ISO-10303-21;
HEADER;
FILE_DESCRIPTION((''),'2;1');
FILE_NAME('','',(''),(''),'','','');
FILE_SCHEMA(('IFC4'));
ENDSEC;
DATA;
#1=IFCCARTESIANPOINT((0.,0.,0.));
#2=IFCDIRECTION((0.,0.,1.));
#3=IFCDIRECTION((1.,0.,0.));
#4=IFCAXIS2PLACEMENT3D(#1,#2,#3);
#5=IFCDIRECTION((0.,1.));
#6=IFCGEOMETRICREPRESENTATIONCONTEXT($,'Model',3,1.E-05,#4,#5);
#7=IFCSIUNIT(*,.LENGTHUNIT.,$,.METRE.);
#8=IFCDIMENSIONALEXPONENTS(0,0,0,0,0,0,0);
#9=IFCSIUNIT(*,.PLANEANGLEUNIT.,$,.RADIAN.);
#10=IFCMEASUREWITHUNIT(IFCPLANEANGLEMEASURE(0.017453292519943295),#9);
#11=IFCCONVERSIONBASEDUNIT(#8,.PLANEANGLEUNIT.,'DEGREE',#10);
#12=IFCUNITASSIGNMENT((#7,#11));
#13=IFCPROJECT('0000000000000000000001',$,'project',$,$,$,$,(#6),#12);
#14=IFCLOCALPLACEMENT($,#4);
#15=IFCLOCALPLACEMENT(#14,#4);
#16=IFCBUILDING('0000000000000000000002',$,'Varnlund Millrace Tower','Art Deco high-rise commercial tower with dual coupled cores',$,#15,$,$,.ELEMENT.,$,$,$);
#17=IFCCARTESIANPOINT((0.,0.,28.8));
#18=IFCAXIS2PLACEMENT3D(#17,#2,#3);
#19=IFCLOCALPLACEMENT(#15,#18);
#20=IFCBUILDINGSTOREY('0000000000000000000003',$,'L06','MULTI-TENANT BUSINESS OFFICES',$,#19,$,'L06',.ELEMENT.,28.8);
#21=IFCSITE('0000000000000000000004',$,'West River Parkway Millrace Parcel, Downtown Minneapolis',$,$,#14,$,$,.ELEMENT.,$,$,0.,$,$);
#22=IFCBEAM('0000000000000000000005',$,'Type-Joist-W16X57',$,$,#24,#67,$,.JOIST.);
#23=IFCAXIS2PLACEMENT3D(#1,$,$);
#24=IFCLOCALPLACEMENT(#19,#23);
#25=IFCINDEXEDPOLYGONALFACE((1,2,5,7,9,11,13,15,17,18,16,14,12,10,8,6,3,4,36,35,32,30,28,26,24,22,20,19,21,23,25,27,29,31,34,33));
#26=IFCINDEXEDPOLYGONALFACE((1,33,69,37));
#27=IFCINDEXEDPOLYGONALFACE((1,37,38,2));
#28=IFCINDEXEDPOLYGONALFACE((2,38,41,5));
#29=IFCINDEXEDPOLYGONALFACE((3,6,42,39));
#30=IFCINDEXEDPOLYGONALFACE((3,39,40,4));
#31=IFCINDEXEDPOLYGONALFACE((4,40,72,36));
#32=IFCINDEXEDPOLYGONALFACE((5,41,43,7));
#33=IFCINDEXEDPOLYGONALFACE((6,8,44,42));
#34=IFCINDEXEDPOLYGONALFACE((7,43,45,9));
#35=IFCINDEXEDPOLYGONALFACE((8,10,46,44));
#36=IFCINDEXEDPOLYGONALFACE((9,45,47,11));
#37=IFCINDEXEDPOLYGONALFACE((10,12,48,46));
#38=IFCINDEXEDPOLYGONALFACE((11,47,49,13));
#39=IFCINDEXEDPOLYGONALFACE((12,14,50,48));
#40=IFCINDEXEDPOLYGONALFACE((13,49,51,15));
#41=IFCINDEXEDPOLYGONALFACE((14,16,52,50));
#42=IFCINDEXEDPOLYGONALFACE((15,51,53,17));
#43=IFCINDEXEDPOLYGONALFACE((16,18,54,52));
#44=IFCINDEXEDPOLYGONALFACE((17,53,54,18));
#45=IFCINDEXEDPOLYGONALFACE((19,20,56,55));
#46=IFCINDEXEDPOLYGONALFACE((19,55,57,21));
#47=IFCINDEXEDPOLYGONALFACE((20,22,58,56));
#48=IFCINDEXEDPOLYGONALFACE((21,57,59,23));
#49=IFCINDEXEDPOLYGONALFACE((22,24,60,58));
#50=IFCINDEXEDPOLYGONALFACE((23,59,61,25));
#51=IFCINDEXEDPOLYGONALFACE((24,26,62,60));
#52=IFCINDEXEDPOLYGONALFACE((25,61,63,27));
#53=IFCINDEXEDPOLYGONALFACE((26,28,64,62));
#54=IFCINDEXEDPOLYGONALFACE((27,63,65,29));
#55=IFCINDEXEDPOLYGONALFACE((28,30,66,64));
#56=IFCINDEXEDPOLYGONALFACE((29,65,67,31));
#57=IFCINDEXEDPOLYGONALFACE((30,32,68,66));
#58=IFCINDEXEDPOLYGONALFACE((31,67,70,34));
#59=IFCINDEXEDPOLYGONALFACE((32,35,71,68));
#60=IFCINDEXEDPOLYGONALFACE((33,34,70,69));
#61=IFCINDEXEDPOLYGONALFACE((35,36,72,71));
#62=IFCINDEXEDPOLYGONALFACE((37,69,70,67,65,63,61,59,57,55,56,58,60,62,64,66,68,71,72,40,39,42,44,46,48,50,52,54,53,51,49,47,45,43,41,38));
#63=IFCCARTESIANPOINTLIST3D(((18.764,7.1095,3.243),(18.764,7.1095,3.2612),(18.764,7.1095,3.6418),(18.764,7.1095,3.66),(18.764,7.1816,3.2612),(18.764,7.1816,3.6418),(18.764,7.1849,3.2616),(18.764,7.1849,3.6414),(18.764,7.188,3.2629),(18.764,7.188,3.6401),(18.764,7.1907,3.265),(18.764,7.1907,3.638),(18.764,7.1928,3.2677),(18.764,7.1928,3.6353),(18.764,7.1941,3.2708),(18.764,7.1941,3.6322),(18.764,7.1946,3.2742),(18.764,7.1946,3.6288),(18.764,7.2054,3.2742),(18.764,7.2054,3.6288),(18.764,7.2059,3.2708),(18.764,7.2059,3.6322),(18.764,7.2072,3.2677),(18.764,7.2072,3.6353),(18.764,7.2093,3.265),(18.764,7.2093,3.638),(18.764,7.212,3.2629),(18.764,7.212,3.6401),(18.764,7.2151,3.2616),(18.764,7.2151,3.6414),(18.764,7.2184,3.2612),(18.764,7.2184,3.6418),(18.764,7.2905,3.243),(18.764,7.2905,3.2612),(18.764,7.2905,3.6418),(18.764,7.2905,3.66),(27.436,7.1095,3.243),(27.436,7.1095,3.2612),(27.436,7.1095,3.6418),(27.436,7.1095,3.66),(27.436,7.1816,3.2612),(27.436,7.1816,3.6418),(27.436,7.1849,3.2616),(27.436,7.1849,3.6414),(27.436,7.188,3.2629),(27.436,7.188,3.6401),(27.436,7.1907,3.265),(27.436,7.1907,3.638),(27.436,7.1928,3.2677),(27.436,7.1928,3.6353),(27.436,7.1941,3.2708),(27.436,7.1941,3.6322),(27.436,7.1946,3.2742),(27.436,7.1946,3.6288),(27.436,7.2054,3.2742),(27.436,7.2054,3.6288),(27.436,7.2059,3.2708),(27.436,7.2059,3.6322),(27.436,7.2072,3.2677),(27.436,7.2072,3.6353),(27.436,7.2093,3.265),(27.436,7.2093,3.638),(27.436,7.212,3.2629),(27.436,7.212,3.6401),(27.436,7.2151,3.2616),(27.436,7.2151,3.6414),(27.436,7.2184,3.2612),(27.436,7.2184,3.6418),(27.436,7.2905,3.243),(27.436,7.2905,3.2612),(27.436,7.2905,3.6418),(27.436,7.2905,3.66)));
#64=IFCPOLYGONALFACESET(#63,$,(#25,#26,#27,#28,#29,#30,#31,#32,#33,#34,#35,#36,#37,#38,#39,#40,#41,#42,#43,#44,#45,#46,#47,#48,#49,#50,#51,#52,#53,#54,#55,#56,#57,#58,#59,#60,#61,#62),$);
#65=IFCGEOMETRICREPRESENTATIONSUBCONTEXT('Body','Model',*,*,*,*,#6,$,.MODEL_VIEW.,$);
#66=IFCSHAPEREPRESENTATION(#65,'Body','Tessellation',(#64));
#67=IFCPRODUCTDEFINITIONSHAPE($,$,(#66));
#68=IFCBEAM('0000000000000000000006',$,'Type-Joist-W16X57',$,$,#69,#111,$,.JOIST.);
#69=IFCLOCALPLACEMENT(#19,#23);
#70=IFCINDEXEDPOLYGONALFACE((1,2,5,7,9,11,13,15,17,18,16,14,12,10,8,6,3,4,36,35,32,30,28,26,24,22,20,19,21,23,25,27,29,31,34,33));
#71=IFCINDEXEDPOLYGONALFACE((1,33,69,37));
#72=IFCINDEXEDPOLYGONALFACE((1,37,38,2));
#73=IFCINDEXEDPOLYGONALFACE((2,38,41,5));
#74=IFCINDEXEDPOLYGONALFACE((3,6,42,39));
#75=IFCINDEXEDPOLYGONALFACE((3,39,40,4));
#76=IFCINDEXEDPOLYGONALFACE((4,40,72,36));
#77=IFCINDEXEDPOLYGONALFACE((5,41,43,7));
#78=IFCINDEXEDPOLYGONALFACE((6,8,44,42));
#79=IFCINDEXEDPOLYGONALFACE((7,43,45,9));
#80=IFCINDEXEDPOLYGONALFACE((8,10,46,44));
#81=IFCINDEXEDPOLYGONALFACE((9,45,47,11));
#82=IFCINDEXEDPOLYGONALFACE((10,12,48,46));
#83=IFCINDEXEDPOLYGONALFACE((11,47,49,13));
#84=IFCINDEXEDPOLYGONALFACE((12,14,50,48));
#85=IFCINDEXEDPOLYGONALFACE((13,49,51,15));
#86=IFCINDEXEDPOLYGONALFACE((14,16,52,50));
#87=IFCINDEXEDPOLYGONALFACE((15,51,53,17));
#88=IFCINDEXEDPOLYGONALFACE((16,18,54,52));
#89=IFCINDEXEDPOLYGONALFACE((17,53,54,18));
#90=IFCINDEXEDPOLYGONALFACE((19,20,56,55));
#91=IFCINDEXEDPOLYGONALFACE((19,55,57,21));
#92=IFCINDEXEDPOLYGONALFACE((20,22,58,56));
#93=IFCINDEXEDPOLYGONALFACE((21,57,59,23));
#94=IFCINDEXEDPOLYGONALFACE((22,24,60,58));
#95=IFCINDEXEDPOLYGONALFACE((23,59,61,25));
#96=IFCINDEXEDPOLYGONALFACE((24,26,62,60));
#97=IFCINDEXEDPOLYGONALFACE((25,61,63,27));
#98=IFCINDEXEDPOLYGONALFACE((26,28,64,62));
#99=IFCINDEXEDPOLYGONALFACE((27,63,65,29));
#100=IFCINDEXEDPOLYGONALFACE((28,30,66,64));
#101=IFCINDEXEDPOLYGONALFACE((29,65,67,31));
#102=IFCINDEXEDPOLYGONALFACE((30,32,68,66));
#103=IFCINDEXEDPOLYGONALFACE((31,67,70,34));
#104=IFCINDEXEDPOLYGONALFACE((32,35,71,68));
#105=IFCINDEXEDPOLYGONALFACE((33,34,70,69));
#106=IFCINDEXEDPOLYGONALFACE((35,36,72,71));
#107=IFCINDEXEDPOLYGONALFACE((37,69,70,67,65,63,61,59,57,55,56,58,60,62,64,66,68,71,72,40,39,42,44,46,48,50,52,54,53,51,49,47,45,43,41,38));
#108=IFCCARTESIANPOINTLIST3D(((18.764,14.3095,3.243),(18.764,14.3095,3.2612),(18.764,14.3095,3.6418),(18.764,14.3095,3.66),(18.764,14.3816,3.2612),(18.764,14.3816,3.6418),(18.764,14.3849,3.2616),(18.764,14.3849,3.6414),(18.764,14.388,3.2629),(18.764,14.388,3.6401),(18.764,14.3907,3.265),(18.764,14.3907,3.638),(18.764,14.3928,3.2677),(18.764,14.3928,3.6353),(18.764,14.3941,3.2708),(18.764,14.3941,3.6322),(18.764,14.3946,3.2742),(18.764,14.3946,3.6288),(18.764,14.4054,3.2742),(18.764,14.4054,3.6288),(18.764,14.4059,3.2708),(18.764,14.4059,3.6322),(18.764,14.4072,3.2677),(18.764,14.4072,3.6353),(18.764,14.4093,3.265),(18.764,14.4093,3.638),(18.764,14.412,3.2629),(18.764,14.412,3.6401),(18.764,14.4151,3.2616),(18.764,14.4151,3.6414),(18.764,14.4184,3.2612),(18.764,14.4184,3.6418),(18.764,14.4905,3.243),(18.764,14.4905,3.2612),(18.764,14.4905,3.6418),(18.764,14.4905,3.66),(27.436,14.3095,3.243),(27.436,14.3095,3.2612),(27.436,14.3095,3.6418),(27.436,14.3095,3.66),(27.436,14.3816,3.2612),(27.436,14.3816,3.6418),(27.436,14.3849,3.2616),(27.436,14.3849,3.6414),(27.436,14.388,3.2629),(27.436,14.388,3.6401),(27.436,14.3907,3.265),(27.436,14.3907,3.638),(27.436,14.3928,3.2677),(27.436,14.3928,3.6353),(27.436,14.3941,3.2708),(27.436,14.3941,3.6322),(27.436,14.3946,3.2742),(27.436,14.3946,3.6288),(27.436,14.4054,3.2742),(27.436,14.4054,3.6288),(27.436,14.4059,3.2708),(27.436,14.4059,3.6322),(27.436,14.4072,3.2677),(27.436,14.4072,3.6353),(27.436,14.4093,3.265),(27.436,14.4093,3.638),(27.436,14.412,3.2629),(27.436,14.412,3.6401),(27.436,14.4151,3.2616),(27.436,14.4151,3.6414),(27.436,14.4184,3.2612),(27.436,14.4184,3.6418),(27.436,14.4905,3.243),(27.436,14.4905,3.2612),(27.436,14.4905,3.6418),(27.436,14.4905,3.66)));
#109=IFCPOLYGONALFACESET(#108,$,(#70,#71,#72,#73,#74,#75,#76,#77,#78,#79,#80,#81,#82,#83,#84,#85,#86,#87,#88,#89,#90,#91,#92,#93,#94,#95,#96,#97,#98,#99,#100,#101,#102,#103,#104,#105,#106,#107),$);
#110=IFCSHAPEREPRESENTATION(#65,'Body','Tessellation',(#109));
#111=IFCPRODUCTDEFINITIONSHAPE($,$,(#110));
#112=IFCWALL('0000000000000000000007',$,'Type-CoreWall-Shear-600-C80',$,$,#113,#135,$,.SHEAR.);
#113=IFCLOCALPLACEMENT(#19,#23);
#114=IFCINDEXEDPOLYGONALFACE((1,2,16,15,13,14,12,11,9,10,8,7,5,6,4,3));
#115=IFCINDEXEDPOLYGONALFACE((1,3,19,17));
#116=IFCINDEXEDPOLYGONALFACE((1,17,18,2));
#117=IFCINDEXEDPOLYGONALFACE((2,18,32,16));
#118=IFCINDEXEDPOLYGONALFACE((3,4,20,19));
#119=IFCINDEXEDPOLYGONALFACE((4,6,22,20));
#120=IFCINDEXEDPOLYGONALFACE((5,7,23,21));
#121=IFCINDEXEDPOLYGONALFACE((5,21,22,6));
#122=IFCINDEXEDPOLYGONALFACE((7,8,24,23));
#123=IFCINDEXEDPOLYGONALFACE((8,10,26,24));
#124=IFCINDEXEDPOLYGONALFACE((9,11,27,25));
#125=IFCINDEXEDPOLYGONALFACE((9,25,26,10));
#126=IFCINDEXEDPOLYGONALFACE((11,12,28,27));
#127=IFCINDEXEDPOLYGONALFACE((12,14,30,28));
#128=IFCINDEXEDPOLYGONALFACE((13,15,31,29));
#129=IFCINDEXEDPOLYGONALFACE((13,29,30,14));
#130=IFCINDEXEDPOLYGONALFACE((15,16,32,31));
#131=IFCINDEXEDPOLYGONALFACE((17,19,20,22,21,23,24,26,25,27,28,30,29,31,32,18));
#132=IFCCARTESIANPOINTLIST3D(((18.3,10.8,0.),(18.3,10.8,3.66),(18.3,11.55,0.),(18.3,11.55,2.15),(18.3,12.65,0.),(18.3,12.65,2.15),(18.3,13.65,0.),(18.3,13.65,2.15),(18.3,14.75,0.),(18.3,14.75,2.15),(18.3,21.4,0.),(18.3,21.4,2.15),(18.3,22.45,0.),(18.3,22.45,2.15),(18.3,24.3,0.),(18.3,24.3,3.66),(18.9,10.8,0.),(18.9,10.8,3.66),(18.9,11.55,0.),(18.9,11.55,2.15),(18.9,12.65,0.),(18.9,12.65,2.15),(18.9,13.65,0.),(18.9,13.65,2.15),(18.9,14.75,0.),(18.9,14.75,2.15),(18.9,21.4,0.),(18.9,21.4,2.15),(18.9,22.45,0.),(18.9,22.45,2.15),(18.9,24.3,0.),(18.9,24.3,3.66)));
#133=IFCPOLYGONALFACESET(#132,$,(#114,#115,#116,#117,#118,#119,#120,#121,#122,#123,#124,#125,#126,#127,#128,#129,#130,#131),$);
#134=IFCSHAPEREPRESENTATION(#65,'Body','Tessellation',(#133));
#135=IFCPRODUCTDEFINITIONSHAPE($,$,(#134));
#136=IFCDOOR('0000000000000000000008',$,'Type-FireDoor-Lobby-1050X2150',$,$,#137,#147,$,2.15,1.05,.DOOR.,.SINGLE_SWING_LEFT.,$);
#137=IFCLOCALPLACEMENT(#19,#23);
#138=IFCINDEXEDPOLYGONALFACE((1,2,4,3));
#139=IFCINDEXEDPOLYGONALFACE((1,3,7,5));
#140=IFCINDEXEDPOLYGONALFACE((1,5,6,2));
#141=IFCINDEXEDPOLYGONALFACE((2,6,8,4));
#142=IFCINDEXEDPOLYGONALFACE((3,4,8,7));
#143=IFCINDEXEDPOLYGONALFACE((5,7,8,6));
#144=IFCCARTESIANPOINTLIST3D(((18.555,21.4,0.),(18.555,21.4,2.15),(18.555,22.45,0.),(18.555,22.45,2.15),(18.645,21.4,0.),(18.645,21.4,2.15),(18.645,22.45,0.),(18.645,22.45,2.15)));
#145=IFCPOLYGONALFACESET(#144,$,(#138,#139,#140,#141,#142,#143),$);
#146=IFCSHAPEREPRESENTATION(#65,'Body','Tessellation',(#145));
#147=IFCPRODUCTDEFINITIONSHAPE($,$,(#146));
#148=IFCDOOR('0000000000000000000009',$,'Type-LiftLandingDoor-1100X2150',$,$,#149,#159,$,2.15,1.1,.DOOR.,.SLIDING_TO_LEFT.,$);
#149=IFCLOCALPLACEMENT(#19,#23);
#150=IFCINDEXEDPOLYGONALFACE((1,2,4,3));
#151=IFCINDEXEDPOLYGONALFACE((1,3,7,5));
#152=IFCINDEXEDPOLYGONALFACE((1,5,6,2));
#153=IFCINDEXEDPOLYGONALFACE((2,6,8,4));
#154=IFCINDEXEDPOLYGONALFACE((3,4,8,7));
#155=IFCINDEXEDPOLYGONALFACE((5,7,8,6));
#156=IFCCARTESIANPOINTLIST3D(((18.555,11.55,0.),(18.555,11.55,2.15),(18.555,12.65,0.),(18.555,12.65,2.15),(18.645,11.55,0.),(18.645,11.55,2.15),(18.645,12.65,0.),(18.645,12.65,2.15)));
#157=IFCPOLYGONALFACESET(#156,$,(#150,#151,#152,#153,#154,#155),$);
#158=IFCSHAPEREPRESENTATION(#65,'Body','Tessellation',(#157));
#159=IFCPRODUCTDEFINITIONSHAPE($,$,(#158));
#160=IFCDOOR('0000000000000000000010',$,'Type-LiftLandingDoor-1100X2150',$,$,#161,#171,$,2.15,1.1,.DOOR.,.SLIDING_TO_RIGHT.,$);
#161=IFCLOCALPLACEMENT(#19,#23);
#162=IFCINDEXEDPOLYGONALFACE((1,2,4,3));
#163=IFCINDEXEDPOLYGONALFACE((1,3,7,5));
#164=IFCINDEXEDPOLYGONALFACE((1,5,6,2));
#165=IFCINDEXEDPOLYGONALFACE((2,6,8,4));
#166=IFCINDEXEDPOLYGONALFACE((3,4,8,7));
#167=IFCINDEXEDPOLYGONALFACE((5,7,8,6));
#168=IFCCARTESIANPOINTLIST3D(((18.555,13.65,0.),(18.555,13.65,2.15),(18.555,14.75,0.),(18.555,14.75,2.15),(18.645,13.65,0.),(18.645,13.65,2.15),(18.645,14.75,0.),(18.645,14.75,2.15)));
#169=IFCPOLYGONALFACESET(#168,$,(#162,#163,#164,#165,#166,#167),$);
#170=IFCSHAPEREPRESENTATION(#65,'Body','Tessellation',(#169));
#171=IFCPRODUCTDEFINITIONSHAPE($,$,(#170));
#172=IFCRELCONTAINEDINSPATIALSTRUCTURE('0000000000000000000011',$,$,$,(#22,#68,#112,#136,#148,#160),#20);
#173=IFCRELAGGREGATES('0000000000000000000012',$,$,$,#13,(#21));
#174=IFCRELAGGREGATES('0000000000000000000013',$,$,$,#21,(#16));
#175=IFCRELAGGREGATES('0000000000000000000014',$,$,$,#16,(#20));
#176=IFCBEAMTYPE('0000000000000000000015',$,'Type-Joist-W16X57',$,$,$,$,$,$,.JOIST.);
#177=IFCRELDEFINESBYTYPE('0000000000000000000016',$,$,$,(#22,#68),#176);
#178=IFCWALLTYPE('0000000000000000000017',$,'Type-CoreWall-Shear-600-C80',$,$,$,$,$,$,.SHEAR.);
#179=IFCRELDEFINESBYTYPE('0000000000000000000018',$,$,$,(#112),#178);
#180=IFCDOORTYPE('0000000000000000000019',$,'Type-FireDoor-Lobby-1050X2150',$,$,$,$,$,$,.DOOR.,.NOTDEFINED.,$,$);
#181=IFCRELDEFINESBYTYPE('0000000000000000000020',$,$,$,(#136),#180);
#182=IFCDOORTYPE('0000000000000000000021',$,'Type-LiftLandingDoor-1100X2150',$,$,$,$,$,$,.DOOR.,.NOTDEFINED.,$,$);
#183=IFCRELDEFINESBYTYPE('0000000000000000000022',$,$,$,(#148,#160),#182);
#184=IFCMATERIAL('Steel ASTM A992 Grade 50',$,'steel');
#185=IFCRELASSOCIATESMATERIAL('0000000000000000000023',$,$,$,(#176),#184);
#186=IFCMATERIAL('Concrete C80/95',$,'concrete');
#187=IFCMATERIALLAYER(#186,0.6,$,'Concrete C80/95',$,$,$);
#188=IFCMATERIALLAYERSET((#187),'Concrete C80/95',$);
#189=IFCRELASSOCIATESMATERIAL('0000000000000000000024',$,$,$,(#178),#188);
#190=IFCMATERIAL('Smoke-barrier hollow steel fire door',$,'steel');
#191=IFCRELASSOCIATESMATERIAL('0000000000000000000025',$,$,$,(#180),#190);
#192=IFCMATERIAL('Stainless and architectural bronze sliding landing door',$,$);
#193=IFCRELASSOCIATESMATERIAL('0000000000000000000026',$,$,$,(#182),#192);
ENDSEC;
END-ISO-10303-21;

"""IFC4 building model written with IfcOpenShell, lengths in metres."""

from ifc_helpers import new_model, entity, si_unit, converted_unit, direction, frame, origin_with_axes, origin_2d_with_axis, place, context, subcontext, project, spatial, polyline, rectangle, i_section, outline, extrude, material, layer, layer_set, material_profile, profile_set, type_object, element, fill, save


model = new_model("IFC4")

# Units and contexts
model_context = context("Model", 3, precision=1e-05, world=origin_with_axes(), true_north=direction((0.0, 1.0)))
body_context = subcontext(model_context, "Body", "Model", "MODEL_VIEW")
ifc_project = project(units=[si_unit("LENGTHUNIT", "METRE"), converted_unit("PLANEANGLEUNIT", "DEGREE", entity("IfcPlaneAngleMeasure", 0.017453292519943295), si_unit("PLANEANGLEUNIT", "RADIAN"), dimensions=[0, 0, 0, 0, 0, 0, 0])], contexts=[model_context])

# Site, building, storey
site_placement = place(None, origin_with_axes())
site = spatial("IfcSite", under=ifc_project, at=site_placement, Name="West River Parkway Millrace Parcel, Downtown Minneapolis", CompositionType="ELEMENT", RefElevation=0.0)
building_placement = place(site_placement, origin_with_axes())
building = spatial("IfcBuilding", under=site, at=building_placement, Name="Varnlund Millrace Tower", Description="Art Deco high-rise commercial tower with dual coupled cores", CompositionType="ELEMENT")
storey_placement = place(building_placement, frame((0.0, 0.0, 28.8), z_axis=(0.0, 0.0, 1.0), x_axis=(1.0, 0.0, 0.0)))
storey = spatial("IfcBuildingStorey", under=building, at=storey_placement, Name="L06", Description="MULTI-TENANT BUSINESS OFFICES", LongName="L06", CompositionType="ELEMENT", Elevation=28.8)

# Shared definitions
ifc_material_1 = material(Name="Concrete C80/95", Category="concrete")

# Beams
ifc_material_2 = material(Name="Steel ASTM A992 Grade 50", Category="steel")
ifc_material_profile_1 = material_profile(ifc_material_2, i_section(OverallWidth=0.181, OverallDepth=0.417, WebThickness=0.0109, FlangeThickness=0.0182, FilletRadius=0.013, at=origin_2d_with_axis()), Name="Steel ASTM A992 Grade 50")
ifc_profile_set_1 = profile_set([ifc_material_profile_1], Name="Steel ASTM A992 Grade 50")
beam_type_1 = type_object("IfcBeamType", Name="Type-Joist-W16X57", PredefinedType="JOIST", material=ifc_profile_set_1)
for number, where, z_axis, x_axis, name in (
    (1, (18.764, 7.2, 3.4515), (1.0, 0.0, 0.0), (0.0, 1.0, 0.0), "Type-Joist-W16X57"),
    (2, (18.764, 14.4, 3.4515), (1.0, 0.0, 0.0), (0.0, 1.0, 0.0), "Type-Joist-W16X57"),
):
    element("IfcBeam", number, at=place(storey_placement, frame(where, z_axis=z_axis, x_axis=x_axis)), inside=storey, type_object=beam_type_1, Name=name, PredefinedType="JOIST", context=body_context, shape_type="SweptSolid", body=[
        extrude(i_section(OverallWidth=0.181, OverallDepth=0.417, WebThickness=0.0109, FlangeThickness=0.0182, FilletRadius=0.013, at=origin_2d_with_axis()), origin_with_axes(), (0.0, 0.0, 1.0), 8.672),
    ])

# Wall, openings, doors
ifc_layer_1 = layer(ifc_material_1, 0.6, Name="Concrete C80/95")
ifc_layer_set_1 = layer_set([ifc_layer_1], Name="Concrete C80/95")
wall_type_1 = type_object("IfcWallType", Name="Type-CoreWall-Shear-600-C80", PredefinedType="SHEAR", material=ifc_layer_set_1)
wall_1_placement = place(storey_placement, frame((18.6, 10.8, 0.0), z_axis=(0.0, 0.0, 1.0), x_axis=(0.0, 1.0, 0.0)))
wall_1 = element("IfcWall", 3, at=wall_1_placement, inside=storey, type_object=wall_type_1, Name="Type-CoreWall-Shear-600-C80", PredefinedType="SHEAR", context=body_context, shape_type="SweptSolid", body=[
    extrude(outline(polyline([(0.0, -0.3), (13.5, -0.3), (13.5, 0.3), (0.0, 0.3), (0.0, -0.3)])), origin_with_axes(), (0.0, 0.0, 1.0), 3.66),
])
opening_1_placement = place(wall_1_placement, frame((1.3, 0.0, 0.0), z_axis=(0.0, 0.0, 1.0), x_axis=(1.0, 0.0, 0.0)))
opening_1 = element("IfcOpeningElement", 4, at=opening_1_placement, cuts=wall_1, PredefinedType="OPENING", context=body_context, shape_type="SweptSolid", body=[
    extrude(rectangle(XDim=1.1, YDim=0.62, at=origin_2d_with_axis()), origin_with_axes(), (0.0, 0.0, 1.0), 2.15),
])
opening_2_placement = place(wall_1_placement, frame((3.4, 0.0, 0.0), z_axis=(0.0, 0.0, 1.0), x_axis=(1.0, 0.0, 0.0)))
opening_2 = element("IfcOpeningElement", 5, at=opening_2_placement, cuts=wall_1, PredefinedType="OPENING", context=body_context, shape_type="SweptSolid", body=[
    extrude(rectangle(XDim=1.1, YDim=0.62, at=origin_2d_with_axis()), origin_with_axes(), (0.0, 0.0, 1.0), 2.15),
])
opening_3_placement = place(wall_1_placement, frame((11.125, 0.0, 0.0), z_axis=(0.0, 0.0, 1.0), x_axis=(1.0, 0.0, 0.0)))
opening_3 = element("IfcOpeningElement", 6, at=opening_3_placement, cuts=wall_1, PredefinedType="OPENING", context=body_context, shape_type="SweptSolid", body=[
    extrude(rectangle(XDim=1.05, YDim=0.62, at=origin_2d_with_axis()), origin_with_axes(), (0.0, 0.0, 1.0), 2.15),
])
ifc_material_3 = material(Name="Smoke-barrier hollow steel fire door", Category="steel")
door_type_1 = type_object("IfcDoorType", Name="Type-FireDoor-Lobby-1050X2150", OperationType="NOTDEFINED", PredefinedType="DOOR", material=ifc_material_3)
door_1_placement = place(wall_1_placement, frame((11.125, 0.0, 0.0), z_axis=(0.0, 0.0, 1.0), x_axis=(1.0, 0.0, 0.0)))
door_1 = element("IfcDoor", 7, at=door_1_placement, inside=storey, type_object=door_type_1, Name="Type-FireDoor-Lobby-1050X2150", OperationType="SINGLE_SWING_LEFT", OverallHeight=2.15, OverallWidth=1.05, PredefinedType="DOOR", context=body_context, shape_type="SweptSolid", body=[
    extrude(rectangle(XDim=1.05, YDim=0.09, at=origin_2d_with_axis()), origin_with_axes(), (0.0, 0.0, 1.0), 2.15),
])
fill(opening_3, door_1)
ifc_material_4 = material(Name="Stainless and architectural bronze sliding landing door")
door_type_2 = type_object("IfcDoorType", Name="Type-LiftLandingDoor-1100X2150", OperationType="NOTDEFINED", PredefinedType="DOOR", material=ifc_material_4)
door_2_placement = place(wall_1_placement, frame((1.3, 0.0, 0.0), z_axis=(0.0, 0.0, 1.0), x_axis=(1.0, 0.0, 0.0)))
door_2 = element("IfcDoor", 8, at=door_2_placement, inside=storey, type_object=door_type_2, Name="Type-LiftLandingDoor-1100X2150", OperationType="SLIDING_TO_LEFT", OverallHeight=2.15, OverallWidth=1.1, PredefinedType="DOOR", context=body_context, shape_type="SweptSolid", body=[
    extrude(rectangle(XDim=1.1, YDim=0.09, at=origin_2d_with_axis()), origin_with_axes(), (0.0, 0.0, 1.0), 2.15),
])
fill(opening_1, door_2)
door_3_placement = place(wall_1_placement, frame((3.4, 0.0, 0.0), z_axis=(0.0, 0.0, 1.0), x_axis=(1.0, 0.0, 0.0)))
door_3 = element("IfcDoor", 9, at=door_3_placement, inside=storey, type_object=door_type_2, Name="Type-LiftLandingDoor-1100X2150", OperationType="SLIDING_TO_RIGHT", OverallHeight=2.15, OverallWidth=1.1, PredefinedType="DOOR", context=body_context, shape_type="SweptSolid", body=[
    extrude(rectangle(XDim=1.1, YDim=0.09, at=origin_2d_with_axis()), origin_with_axes(), (0.0, 0.0, 1.0), 2.15),
])
fill(opening_2, door_3)

save(model, "model.ifc")
